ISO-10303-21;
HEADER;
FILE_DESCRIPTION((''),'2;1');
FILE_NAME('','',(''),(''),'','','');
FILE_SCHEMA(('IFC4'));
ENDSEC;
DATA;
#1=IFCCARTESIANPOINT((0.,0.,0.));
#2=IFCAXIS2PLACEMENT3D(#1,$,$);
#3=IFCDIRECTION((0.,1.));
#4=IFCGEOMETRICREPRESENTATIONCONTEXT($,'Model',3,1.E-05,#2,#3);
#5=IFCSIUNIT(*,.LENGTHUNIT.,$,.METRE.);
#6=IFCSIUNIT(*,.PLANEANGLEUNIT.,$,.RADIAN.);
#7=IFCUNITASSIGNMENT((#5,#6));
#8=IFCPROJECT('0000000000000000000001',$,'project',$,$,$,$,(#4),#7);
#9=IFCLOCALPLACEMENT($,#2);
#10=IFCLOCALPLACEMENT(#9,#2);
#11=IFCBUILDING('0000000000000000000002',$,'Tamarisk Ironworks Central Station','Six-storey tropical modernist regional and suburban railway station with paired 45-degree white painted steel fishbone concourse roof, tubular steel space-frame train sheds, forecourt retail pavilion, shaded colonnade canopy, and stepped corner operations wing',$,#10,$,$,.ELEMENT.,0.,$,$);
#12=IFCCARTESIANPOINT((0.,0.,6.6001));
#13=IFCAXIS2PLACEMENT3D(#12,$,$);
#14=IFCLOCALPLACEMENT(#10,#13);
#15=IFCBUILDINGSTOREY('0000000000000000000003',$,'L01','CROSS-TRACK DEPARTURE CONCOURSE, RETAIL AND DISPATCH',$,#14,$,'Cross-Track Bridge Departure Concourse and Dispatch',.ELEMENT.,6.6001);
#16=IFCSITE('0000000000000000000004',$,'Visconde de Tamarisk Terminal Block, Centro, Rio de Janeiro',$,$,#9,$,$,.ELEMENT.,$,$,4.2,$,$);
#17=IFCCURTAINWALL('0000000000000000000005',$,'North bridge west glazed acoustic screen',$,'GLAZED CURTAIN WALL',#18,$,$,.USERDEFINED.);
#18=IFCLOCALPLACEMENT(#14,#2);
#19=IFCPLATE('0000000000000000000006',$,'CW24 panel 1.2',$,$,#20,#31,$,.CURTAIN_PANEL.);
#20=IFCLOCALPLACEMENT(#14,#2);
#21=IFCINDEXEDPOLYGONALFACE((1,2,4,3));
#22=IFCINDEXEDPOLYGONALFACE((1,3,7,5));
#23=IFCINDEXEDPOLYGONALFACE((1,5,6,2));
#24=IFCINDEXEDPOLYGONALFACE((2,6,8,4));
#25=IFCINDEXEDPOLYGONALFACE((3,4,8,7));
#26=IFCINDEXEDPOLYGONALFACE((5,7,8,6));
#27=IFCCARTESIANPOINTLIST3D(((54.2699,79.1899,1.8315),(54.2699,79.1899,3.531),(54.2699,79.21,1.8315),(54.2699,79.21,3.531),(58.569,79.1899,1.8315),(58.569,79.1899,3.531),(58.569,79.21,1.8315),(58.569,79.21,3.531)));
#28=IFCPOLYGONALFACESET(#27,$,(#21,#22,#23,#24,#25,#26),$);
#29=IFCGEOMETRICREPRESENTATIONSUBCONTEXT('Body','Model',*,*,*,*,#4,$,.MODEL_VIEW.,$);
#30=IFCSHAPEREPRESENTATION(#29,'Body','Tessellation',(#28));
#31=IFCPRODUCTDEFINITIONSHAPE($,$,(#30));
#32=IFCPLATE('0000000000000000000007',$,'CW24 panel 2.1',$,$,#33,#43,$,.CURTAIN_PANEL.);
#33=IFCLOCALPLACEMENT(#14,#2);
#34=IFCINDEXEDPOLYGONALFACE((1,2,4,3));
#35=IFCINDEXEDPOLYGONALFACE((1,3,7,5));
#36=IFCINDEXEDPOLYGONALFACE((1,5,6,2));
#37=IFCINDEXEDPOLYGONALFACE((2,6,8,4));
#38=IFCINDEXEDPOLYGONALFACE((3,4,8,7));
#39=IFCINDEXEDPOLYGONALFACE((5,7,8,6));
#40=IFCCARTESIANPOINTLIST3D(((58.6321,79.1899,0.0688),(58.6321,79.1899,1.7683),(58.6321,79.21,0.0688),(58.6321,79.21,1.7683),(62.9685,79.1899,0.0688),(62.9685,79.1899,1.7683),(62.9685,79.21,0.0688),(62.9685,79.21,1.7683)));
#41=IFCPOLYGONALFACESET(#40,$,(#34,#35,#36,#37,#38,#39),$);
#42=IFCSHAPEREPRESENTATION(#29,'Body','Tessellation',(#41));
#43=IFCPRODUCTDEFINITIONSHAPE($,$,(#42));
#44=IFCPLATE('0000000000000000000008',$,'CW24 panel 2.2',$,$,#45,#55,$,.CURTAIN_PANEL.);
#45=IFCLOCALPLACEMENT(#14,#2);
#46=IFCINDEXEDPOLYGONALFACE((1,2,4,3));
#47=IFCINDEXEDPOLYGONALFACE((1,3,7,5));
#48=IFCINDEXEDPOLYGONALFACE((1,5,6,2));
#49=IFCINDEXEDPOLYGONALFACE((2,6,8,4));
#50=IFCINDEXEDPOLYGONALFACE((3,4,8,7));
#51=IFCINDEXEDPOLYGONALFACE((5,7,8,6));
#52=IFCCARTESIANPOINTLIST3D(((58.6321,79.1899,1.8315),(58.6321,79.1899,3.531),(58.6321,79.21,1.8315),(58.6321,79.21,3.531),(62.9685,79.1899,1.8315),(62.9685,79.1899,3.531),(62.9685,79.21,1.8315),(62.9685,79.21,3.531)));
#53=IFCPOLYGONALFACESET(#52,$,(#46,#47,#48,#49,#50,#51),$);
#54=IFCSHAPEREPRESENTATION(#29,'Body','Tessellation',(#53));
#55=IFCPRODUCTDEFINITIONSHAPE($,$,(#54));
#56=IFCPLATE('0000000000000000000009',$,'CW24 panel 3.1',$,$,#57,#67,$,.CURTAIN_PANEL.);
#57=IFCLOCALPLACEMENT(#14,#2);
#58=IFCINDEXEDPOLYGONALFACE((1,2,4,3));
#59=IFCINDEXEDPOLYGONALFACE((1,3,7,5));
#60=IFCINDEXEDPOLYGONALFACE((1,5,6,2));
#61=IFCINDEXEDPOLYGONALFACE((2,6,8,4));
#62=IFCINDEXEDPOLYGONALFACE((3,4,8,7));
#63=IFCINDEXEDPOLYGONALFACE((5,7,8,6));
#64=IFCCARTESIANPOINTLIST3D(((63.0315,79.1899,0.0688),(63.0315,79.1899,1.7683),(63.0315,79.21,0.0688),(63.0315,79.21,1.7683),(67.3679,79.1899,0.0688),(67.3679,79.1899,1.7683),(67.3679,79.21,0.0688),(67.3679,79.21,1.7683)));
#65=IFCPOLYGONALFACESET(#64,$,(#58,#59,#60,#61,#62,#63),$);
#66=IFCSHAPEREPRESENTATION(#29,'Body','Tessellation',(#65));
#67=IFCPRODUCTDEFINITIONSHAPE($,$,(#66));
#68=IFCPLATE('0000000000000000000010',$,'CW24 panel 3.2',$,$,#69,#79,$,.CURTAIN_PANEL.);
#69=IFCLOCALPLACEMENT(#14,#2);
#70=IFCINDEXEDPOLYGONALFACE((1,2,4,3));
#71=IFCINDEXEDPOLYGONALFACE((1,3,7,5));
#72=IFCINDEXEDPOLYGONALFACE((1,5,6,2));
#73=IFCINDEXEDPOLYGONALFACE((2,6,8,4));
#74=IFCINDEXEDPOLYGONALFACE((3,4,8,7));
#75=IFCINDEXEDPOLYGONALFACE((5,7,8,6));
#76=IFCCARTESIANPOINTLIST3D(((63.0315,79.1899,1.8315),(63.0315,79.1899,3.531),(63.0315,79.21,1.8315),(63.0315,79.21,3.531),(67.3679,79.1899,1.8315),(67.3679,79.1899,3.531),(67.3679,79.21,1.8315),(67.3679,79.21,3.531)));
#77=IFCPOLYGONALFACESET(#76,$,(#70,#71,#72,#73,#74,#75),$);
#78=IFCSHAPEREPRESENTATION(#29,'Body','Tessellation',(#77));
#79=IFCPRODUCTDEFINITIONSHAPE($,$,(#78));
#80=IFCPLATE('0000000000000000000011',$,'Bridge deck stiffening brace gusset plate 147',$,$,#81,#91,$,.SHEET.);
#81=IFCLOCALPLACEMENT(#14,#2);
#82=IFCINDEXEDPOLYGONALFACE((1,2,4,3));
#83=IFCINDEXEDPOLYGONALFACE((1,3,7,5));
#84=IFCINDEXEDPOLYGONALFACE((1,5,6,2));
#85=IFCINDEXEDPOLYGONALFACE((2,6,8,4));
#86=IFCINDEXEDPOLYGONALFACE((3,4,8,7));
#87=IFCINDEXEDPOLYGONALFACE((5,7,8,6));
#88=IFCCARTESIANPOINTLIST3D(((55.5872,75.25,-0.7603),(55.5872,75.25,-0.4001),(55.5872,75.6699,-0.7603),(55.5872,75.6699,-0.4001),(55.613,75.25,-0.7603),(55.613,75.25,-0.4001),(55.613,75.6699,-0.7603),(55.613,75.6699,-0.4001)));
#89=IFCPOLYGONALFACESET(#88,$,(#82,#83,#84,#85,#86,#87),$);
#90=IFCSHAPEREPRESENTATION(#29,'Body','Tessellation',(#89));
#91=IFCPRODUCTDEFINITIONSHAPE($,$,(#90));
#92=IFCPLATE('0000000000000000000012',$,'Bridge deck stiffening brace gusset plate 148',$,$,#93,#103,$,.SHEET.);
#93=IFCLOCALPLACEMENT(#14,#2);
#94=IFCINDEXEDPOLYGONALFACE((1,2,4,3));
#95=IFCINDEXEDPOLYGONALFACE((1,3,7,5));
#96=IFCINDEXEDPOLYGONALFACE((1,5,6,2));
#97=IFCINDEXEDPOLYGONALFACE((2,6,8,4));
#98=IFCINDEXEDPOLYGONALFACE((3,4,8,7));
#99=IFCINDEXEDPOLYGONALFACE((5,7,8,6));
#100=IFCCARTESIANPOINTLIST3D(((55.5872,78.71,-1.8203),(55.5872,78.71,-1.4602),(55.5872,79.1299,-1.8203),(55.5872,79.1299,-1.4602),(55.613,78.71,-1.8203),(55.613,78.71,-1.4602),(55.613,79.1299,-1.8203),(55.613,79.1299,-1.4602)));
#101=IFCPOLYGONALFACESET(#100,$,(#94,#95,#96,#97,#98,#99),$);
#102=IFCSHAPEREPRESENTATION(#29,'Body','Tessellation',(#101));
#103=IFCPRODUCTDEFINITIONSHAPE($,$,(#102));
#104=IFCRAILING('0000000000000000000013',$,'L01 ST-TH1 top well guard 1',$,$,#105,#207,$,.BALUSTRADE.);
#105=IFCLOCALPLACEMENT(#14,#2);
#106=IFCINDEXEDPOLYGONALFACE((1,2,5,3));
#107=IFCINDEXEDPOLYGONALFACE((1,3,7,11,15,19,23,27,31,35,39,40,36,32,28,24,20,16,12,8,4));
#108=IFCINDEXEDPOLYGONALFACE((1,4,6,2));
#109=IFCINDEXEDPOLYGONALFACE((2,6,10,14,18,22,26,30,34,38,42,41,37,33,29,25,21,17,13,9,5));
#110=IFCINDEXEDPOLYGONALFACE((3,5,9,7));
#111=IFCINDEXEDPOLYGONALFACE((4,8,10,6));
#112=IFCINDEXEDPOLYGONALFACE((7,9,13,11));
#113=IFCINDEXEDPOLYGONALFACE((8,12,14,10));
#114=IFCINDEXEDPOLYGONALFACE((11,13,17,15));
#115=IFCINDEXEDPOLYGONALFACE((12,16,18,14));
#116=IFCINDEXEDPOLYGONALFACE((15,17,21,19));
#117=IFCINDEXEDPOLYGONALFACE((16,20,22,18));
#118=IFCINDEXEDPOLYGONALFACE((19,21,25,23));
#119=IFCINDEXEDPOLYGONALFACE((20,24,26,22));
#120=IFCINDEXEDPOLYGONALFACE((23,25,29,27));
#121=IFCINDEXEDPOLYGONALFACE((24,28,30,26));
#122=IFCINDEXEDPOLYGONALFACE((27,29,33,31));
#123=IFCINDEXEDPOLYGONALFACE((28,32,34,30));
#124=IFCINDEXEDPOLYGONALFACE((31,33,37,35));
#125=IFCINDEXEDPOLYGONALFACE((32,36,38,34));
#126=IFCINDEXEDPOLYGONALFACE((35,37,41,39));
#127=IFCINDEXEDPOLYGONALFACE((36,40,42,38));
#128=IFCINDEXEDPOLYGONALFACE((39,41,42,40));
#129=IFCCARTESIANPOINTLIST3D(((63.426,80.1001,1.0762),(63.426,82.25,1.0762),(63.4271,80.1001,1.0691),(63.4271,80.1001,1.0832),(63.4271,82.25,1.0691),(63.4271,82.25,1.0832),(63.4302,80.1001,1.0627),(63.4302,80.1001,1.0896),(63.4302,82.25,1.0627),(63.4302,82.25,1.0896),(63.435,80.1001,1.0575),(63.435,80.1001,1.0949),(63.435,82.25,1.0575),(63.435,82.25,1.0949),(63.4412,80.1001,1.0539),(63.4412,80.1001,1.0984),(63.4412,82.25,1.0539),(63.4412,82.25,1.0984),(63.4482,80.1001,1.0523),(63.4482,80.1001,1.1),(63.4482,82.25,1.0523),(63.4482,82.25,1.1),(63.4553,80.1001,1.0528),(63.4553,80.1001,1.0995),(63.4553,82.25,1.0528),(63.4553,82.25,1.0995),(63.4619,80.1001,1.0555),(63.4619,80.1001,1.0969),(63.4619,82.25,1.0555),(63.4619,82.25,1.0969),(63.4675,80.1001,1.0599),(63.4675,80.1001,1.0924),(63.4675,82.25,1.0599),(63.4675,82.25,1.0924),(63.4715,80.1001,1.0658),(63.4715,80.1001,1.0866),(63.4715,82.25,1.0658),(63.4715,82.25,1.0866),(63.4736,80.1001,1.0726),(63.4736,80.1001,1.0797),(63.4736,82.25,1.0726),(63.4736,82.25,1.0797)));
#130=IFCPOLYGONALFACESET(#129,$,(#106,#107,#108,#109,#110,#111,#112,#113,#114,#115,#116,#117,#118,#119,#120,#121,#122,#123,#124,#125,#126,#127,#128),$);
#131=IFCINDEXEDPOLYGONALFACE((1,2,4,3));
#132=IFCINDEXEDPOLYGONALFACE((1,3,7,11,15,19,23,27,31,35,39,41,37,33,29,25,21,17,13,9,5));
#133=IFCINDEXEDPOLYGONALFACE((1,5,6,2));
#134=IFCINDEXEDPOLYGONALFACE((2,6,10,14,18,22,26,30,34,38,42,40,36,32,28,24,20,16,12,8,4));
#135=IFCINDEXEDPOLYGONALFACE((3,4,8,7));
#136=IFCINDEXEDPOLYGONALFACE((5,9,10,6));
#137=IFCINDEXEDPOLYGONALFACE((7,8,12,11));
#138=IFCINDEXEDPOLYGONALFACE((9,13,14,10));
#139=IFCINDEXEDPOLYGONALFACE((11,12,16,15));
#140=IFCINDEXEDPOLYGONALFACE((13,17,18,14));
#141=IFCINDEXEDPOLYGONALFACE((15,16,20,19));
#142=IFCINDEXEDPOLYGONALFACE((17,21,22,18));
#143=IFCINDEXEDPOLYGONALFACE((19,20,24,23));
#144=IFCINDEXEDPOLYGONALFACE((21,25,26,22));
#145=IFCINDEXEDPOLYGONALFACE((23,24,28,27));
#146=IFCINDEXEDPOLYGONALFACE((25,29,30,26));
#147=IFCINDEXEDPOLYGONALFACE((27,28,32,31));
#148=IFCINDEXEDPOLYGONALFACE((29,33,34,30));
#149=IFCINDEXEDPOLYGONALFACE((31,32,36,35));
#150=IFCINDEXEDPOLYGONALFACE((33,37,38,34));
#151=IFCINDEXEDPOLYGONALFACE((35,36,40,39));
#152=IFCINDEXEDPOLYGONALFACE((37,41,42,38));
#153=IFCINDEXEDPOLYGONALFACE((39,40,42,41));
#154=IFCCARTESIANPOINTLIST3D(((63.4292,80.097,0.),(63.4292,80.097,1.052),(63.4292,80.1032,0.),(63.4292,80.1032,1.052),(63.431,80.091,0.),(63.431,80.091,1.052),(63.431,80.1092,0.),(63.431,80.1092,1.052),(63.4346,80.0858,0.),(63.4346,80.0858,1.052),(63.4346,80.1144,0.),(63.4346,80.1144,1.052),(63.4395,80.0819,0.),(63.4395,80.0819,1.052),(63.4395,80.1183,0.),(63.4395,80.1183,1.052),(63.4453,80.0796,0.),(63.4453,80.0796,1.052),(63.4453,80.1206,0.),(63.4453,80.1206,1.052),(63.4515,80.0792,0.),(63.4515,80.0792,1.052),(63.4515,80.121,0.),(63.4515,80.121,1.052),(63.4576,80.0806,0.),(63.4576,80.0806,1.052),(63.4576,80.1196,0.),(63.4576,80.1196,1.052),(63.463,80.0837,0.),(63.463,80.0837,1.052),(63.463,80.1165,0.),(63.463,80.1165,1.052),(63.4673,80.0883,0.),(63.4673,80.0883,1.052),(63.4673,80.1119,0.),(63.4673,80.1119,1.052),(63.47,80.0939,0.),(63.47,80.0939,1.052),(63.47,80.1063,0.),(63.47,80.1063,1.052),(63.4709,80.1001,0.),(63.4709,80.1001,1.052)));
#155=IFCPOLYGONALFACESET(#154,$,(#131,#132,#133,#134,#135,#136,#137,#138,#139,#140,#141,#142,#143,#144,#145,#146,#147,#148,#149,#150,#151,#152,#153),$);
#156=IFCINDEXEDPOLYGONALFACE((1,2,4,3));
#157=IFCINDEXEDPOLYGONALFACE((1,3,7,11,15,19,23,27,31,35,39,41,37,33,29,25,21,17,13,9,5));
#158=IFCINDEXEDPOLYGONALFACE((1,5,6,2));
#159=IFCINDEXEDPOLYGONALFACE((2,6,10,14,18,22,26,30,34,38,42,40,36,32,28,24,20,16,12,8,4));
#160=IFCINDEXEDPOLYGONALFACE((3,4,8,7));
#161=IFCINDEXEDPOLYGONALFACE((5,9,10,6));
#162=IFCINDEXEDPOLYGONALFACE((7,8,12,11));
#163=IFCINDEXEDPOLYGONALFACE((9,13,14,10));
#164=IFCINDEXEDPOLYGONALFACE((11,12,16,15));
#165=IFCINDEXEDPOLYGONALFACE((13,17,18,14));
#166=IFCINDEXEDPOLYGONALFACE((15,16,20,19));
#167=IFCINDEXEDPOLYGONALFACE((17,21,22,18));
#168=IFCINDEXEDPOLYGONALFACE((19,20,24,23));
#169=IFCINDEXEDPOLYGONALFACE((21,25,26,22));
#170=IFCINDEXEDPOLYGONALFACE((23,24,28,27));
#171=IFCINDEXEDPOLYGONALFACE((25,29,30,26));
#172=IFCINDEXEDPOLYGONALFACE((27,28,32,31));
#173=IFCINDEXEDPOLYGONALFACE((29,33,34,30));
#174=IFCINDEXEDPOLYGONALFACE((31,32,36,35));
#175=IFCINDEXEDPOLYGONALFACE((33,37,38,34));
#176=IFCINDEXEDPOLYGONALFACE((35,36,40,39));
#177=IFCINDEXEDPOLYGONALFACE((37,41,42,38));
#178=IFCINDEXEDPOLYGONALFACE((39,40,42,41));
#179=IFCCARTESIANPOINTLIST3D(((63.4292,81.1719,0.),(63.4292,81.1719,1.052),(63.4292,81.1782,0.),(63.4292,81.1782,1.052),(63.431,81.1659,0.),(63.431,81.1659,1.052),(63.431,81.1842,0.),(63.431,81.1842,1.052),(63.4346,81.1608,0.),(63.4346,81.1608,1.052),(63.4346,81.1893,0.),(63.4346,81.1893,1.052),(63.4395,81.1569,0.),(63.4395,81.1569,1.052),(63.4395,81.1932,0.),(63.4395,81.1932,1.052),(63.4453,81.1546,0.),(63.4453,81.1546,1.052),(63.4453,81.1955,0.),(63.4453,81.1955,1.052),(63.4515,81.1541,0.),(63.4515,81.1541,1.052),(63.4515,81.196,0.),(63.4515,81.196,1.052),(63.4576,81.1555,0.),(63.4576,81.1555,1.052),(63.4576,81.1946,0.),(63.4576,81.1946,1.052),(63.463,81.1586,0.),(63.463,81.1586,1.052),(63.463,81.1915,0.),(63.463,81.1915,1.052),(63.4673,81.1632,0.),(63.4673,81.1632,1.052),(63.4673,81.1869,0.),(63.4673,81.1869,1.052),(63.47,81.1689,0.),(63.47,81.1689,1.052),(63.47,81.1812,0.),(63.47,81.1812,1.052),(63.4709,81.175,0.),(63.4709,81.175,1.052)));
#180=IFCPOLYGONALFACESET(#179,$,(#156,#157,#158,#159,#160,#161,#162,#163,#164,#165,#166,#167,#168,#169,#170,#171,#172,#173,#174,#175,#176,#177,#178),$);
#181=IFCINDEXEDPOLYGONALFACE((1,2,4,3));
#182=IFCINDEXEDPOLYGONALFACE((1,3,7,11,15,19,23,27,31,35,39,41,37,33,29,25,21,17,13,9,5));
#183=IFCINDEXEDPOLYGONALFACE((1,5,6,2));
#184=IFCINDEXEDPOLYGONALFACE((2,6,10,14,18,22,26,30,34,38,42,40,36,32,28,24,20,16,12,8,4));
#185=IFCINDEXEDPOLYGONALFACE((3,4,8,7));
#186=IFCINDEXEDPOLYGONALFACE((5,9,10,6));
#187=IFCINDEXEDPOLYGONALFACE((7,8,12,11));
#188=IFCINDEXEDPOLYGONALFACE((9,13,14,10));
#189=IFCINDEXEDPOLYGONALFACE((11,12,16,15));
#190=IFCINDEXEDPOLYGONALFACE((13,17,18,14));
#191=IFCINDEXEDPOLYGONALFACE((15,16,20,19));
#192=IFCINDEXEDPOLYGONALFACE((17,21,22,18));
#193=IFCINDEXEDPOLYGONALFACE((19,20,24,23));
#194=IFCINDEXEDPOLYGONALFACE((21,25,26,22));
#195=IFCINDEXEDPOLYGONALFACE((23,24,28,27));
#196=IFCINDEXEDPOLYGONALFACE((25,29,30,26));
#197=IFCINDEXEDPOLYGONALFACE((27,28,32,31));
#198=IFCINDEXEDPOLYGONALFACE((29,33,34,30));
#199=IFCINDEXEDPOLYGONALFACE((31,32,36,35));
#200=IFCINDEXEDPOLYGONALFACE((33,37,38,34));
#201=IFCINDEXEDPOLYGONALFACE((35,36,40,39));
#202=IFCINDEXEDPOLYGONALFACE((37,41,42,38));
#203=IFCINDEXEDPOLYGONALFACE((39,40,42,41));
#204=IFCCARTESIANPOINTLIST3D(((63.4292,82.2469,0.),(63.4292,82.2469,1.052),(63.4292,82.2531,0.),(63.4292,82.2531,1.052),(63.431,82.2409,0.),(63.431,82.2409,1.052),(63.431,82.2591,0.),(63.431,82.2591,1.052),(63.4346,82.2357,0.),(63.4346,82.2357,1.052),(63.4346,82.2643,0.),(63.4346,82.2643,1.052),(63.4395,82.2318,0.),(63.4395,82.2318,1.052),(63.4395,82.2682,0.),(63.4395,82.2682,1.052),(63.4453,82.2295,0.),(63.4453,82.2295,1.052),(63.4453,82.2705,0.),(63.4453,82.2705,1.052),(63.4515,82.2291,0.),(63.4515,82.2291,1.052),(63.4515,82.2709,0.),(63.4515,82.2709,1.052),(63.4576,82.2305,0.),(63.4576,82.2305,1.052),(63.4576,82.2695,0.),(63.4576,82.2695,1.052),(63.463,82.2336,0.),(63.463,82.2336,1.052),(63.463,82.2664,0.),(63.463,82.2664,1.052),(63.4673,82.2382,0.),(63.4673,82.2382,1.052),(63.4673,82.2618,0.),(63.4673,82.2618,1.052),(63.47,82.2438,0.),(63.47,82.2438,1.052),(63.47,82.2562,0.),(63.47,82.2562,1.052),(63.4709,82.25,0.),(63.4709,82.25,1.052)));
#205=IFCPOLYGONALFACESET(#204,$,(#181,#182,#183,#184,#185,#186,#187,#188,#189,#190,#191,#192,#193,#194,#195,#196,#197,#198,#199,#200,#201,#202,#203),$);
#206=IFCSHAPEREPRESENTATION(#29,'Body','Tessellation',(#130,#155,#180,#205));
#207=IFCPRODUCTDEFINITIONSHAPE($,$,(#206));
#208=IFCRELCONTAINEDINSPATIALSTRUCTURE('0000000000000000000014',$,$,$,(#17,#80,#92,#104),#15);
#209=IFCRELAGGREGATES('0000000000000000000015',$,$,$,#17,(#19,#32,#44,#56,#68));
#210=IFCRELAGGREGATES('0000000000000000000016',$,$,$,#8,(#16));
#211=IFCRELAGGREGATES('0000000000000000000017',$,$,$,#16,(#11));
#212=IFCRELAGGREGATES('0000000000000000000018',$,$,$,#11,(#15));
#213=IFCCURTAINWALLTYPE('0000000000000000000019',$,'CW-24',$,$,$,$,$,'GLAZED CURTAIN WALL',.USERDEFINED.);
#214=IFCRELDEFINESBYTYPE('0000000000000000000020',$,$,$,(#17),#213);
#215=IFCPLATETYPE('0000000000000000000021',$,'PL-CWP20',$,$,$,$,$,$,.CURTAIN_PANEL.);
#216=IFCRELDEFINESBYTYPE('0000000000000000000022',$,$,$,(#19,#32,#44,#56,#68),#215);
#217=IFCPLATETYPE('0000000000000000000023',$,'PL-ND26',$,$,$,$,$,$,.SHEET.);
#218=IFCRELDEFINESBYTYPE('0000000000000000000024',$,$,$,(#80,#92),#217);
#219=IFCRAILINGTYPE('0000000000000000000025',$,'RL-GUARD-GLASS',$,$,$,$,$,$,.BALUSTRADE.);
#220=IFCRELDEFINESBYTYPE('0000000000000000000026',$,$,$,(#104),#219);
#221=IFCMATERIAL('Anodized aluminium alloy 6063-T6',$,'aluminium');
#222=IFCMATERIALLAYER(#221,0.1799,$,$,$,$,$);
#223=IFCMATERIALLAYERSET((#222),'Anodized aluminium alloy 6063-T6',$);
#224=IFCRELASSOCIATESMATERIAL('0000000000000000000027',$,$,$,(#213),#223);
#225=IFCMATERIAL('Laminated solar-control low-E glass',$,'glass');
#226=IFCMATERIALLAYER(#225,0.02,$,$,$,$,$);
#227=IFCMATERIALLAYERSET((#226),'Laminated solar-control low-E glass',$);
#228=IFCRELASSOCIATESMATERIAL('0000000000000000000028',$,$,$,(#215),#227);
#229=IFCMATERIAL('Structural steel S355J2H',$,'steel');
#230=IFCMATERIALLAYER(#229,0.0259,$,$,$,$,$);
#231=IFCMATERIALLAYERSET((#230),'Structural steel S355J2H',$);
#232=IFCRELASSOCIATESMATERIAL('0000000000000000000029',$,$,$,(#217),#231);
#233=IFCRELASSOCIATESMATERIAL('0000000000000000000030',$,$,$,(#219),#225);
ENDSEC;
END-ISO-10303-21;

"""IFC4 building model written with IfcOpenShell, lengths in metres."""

from ifc_helpers import new_model, si_unit, direction, frame, origin, origin_2d, place, context, subcontext, project, spatial, rectangle, circle, extrude, material, layer, layer_set, type_object, element, aggregate, save


model = new_model("IFC4")

# Units and contexts
model_context = context("Model", 3, precision=1e-05, world=origin(), true_north=direction((0.0, 1.0)))
body_context = subcontext(model_context, "Body", "Model", "MODEL_VIEW")
ifc_project = project(units=[si_unit("LENGTHUNIT", "METRE"), si_unit("PLANEANGLEUNIT", "RADIAN")], contexts=[model_context])

# Site, building, storey
site_placement = place(None, origin())
site = spatial("IfcSite", under=ifc_project, at=site_placement, Name="Visconde de Tamarisk Terminal Block, Centro, Rio de Janeiro", CompositionType="ELEMENT", RefElevation=4.2)
building_placement = place(site_placement, origin())
building = spatial("IfcBuilding", under=site, at=building_placement, Name="Tamarisk Ironworks Central Station", Description="Six-storey tropical modernist regional and suburban railway station with paired 45-degree white painted steel fishbone concourse roof, tubular steel space-frame train sheds, forecourt retail pavilion, shaded colonnade canopy, and stepped corner operations wing", CompositionType="ELEMENT", ElevationOfRefHeight=0.0)
storey_placement = place(building_placement, frame((0.0, 0.0, 6.6001)))
storey = spatial("IfcBuildingStorey", under=building, at=storey_placement, Name="L01", Description="CROSS-TRACK DEPARTURE CONCOURSE, RETAIL AND DISPATCH", LongName="Cross-Track Bridge Departure Concourse and Dispatch", CompositionType="ELEMENT", Elevation=6.6001)

# Curtain wall, plates
ifc_material_1 = material(Name="Anodized aluminium alloy 6063-T6", Category="aluminium")
ifc_layer_1 = layer(ifc_material_1, 0.1799)
ifc_layer_set_1 = layer_set([ifc_layer_1], Name="Anodized aluminium alloy 6063-T6")
curtain_wall_type = type_object("IfcCurtainWallType", Name="CW-24", ElementType="GLAZED CURTAIN WALL", PredefinedType="USERDEFINED", material=ifc_layer_set_1)
curtain_wall_placement = place(storey_placement, origin())
curtain_wall = element("IfcCurtainWall", 1, at=curtain_wall_placement, inside=storey, type_object=curtain_wall_type, Name="North bridge west glazed acoustic screen", ObjectType="GLAZED CURTAIN WALL", PredefinedType="USERDEFINED")
ifc_material_2 = material(Name="Laminated solar-control low-E glass", Category="glass")
ifc_layer_2 = layer(ifc_material_2, 0.02)
ifc_layer_set_2 = layer_set([ifc_layer_2], Name="Laminated solar-control low-E glass")
plate_type_1 = type_object("IfcPlateType", Name="PL-CWP20", PredefinedType="CURTAIN_PANEL", material=ifc_layer_set_2)
plate_1_placement = place(storey_placement, frame((56.4194, 79.2, 1.8315), z_axis=(0.0, 0.0, 1.0), x_axis=(1.0, 0.0, 0.0)))
plate_1 = element("IfcPlate", 2, at=plate_1_placement, type_object=plate_type_1, Name="CW24 panel 1.2", PredefinedType="CURTAIN_PANEL", context=body_context, shape_type="SweptSolid", body=[
    extrude(rectangle(XDim=4.2991, YDim=0.02, at=origin_2d()), origin(), (0.0, 0.0, 1.0), 1.6995),
])
plate_2_placement = place(storey_placement, frame((60.8003, 79.2, 0.0688), z_axis=(0.0, 0.0, 1.0), x_axis=(1.0, 0.0, 0.0)))
plate_2 = element("IfcPlate", 3, at=plate_2_placement, type_object=plate_type_1, Name="CW24 panel 2.1", PredefinedType="CURTAIN_PANEL", context=body_context, shape_type="SweptSolid", body=[
    extrude(rectangle(XDim=4.3364, YDim=0.02, at=origin_2d()), origin(), (0.0, 0.0, 1.0), 1.6995),
])
plate_3_placement = place(storey_placement, frame((60.8003, 79.2, 1.8315), z_axis=(0.0, 0.0, 1.0), x_axis=(1.0, 0.0, 0.0)))
plate_3 = element("IfcPlate", 4, at=plate_3_placement, type_object=plate_type_1, Name="CW24 panel 2.2", PredefinedType="CURTAIN_PANEL", context=body_context, shape_type="SweptSolid", body=[
    extrude(rectangle(XDim=4.3364, YDim=0.02, at=origin_2d()), origin(), (0.0, 0.0, 1.0), 1.6995),
])
plate_4_placement = place(storey_placement, frame((65.1997, 79.2, 0.0688), z_axis=(0.0, 0.0, 1.0), x_axis=(1.0, 0.0, 0.0)))
plate_4 = element("IfcPlate", 5, at=plate_4_placement, type_object=plate_type_1, Name="CW24 panel 3.1", PredefinedType="CURTAIN_PANEL", context=body_context, shape_type="SweptSolid", body=[
    extrude(rectangle(XDim=4.3364, YDim=0.02, at=origin_2d()), origin(), (0.0, 0.0, 1.0), 1.6995),
])
plate_5_placement = place(storey_placement, frame((65.1997, 79.2, 1.8315), z_axis=(0.0, 0.0, 1.0), x_axis=(1.0, 0.0, 0.0)))
plate_5 = element("IfcPlate", 6, at=plate_5_placement, type_object=plate_type_1, Name="CW24 panel 3.2", PredefinedType="CURTAIN_PANEL", context=body_context, shape_type="SweptSolid", body=[
    extrude(rectangle(XDim=4.3364, YDim=0.02, at=origin_2d()), origin(), (0.0, 0.0, 1.0), 1.6995),
])
aggregate(curtain_wall, [plate_1, plate_2, plate_3, plate_4, plate_5])

# Plates
ifc_material_3 = material(Name="Structural steel S355J2H", Category="steel")
ifc_layer_3 = layer(ifc_material_3, 0.0259)
ifc_layer_set_3 = layer_set([ifc_layer_3], Name="Structural steel S355J2H")
plate_type_2 = type_object("IfcPlateType", Name="PL-ND26", PredefinedType="SHEET", material=ifc_layer_set_3)
for number, where, z_axis, x_axis, name in (
    (7, (55.6001, 75.46, -0.7603), (0.0, 0.0, 1.0), (1.0, 0.0, 0.0), "Bridge deck stiffening brace gusset plate 147"),
    (8, (55.6001, 78.9199, -1.8203), (0.0, 0.0, 1.0), (1.0, 0.0, 0.0), "Bridge deck stiffening brace gusset plate 148"),
):
    element("IfcPlate", number, at=place(storey_placement, frame(where, z_axis=z_axis, x_axis=x_axis)), inside=storey, type_object=plate_type_2, Name=name, PredefinedType="SHEET", context=body_context, shape_type="SweptSolid", body=[
        extrude(rectangle(XDim=0.0259, YDim=0.4199, at=origin_2d()), origin(), (0.0, 0.0, 1.0), 0.3601),
    ])

# Railing
railing_type = type_object("IfcRailingType", Name="RL-GUARD-GLASS", PredefinedType="BALUSTRADE", material=ifc_material_2)
railing_1_placement = place(storey_placement, frame((63.45, 80.1001, 0.0)))
element("IfcRailing", 9, at=railing_1_placement, inside=storey, type_object=railing_type, Name="L01 ST-TH1 top well guard 1", PredefinedType="BALUSTRADE", context=body_context, shape_type="SweptSolid", body=[
    extrude(circle(Radius=0.0239, at=origin_2d()), frame((0.0, 0.0, 1.0762), z_axis=(0.0, 1.0, 0.0), x_axis=(-1.0, 0.0, 0.0)), (0.0, 0.0, 1.0), 2.1499),
    extrude(circle(Radius=0.021, at=origin_2d()), origin(), (0.0, 0.0, 1.0), 1.052),
    extrude(circle(Radius=0.021, at=origin_2d()), frame((0.0, 1.075, 0.0)), (0.0, 0.0, 1.0), 1.052),
    extrude(circle(Radius=0.021, at=origin_2d()), frame((0.0, 2.1499, 0.0)), (0.0, 0.0, 1.0), 1.052),
])

save(model, "model.ifc")
